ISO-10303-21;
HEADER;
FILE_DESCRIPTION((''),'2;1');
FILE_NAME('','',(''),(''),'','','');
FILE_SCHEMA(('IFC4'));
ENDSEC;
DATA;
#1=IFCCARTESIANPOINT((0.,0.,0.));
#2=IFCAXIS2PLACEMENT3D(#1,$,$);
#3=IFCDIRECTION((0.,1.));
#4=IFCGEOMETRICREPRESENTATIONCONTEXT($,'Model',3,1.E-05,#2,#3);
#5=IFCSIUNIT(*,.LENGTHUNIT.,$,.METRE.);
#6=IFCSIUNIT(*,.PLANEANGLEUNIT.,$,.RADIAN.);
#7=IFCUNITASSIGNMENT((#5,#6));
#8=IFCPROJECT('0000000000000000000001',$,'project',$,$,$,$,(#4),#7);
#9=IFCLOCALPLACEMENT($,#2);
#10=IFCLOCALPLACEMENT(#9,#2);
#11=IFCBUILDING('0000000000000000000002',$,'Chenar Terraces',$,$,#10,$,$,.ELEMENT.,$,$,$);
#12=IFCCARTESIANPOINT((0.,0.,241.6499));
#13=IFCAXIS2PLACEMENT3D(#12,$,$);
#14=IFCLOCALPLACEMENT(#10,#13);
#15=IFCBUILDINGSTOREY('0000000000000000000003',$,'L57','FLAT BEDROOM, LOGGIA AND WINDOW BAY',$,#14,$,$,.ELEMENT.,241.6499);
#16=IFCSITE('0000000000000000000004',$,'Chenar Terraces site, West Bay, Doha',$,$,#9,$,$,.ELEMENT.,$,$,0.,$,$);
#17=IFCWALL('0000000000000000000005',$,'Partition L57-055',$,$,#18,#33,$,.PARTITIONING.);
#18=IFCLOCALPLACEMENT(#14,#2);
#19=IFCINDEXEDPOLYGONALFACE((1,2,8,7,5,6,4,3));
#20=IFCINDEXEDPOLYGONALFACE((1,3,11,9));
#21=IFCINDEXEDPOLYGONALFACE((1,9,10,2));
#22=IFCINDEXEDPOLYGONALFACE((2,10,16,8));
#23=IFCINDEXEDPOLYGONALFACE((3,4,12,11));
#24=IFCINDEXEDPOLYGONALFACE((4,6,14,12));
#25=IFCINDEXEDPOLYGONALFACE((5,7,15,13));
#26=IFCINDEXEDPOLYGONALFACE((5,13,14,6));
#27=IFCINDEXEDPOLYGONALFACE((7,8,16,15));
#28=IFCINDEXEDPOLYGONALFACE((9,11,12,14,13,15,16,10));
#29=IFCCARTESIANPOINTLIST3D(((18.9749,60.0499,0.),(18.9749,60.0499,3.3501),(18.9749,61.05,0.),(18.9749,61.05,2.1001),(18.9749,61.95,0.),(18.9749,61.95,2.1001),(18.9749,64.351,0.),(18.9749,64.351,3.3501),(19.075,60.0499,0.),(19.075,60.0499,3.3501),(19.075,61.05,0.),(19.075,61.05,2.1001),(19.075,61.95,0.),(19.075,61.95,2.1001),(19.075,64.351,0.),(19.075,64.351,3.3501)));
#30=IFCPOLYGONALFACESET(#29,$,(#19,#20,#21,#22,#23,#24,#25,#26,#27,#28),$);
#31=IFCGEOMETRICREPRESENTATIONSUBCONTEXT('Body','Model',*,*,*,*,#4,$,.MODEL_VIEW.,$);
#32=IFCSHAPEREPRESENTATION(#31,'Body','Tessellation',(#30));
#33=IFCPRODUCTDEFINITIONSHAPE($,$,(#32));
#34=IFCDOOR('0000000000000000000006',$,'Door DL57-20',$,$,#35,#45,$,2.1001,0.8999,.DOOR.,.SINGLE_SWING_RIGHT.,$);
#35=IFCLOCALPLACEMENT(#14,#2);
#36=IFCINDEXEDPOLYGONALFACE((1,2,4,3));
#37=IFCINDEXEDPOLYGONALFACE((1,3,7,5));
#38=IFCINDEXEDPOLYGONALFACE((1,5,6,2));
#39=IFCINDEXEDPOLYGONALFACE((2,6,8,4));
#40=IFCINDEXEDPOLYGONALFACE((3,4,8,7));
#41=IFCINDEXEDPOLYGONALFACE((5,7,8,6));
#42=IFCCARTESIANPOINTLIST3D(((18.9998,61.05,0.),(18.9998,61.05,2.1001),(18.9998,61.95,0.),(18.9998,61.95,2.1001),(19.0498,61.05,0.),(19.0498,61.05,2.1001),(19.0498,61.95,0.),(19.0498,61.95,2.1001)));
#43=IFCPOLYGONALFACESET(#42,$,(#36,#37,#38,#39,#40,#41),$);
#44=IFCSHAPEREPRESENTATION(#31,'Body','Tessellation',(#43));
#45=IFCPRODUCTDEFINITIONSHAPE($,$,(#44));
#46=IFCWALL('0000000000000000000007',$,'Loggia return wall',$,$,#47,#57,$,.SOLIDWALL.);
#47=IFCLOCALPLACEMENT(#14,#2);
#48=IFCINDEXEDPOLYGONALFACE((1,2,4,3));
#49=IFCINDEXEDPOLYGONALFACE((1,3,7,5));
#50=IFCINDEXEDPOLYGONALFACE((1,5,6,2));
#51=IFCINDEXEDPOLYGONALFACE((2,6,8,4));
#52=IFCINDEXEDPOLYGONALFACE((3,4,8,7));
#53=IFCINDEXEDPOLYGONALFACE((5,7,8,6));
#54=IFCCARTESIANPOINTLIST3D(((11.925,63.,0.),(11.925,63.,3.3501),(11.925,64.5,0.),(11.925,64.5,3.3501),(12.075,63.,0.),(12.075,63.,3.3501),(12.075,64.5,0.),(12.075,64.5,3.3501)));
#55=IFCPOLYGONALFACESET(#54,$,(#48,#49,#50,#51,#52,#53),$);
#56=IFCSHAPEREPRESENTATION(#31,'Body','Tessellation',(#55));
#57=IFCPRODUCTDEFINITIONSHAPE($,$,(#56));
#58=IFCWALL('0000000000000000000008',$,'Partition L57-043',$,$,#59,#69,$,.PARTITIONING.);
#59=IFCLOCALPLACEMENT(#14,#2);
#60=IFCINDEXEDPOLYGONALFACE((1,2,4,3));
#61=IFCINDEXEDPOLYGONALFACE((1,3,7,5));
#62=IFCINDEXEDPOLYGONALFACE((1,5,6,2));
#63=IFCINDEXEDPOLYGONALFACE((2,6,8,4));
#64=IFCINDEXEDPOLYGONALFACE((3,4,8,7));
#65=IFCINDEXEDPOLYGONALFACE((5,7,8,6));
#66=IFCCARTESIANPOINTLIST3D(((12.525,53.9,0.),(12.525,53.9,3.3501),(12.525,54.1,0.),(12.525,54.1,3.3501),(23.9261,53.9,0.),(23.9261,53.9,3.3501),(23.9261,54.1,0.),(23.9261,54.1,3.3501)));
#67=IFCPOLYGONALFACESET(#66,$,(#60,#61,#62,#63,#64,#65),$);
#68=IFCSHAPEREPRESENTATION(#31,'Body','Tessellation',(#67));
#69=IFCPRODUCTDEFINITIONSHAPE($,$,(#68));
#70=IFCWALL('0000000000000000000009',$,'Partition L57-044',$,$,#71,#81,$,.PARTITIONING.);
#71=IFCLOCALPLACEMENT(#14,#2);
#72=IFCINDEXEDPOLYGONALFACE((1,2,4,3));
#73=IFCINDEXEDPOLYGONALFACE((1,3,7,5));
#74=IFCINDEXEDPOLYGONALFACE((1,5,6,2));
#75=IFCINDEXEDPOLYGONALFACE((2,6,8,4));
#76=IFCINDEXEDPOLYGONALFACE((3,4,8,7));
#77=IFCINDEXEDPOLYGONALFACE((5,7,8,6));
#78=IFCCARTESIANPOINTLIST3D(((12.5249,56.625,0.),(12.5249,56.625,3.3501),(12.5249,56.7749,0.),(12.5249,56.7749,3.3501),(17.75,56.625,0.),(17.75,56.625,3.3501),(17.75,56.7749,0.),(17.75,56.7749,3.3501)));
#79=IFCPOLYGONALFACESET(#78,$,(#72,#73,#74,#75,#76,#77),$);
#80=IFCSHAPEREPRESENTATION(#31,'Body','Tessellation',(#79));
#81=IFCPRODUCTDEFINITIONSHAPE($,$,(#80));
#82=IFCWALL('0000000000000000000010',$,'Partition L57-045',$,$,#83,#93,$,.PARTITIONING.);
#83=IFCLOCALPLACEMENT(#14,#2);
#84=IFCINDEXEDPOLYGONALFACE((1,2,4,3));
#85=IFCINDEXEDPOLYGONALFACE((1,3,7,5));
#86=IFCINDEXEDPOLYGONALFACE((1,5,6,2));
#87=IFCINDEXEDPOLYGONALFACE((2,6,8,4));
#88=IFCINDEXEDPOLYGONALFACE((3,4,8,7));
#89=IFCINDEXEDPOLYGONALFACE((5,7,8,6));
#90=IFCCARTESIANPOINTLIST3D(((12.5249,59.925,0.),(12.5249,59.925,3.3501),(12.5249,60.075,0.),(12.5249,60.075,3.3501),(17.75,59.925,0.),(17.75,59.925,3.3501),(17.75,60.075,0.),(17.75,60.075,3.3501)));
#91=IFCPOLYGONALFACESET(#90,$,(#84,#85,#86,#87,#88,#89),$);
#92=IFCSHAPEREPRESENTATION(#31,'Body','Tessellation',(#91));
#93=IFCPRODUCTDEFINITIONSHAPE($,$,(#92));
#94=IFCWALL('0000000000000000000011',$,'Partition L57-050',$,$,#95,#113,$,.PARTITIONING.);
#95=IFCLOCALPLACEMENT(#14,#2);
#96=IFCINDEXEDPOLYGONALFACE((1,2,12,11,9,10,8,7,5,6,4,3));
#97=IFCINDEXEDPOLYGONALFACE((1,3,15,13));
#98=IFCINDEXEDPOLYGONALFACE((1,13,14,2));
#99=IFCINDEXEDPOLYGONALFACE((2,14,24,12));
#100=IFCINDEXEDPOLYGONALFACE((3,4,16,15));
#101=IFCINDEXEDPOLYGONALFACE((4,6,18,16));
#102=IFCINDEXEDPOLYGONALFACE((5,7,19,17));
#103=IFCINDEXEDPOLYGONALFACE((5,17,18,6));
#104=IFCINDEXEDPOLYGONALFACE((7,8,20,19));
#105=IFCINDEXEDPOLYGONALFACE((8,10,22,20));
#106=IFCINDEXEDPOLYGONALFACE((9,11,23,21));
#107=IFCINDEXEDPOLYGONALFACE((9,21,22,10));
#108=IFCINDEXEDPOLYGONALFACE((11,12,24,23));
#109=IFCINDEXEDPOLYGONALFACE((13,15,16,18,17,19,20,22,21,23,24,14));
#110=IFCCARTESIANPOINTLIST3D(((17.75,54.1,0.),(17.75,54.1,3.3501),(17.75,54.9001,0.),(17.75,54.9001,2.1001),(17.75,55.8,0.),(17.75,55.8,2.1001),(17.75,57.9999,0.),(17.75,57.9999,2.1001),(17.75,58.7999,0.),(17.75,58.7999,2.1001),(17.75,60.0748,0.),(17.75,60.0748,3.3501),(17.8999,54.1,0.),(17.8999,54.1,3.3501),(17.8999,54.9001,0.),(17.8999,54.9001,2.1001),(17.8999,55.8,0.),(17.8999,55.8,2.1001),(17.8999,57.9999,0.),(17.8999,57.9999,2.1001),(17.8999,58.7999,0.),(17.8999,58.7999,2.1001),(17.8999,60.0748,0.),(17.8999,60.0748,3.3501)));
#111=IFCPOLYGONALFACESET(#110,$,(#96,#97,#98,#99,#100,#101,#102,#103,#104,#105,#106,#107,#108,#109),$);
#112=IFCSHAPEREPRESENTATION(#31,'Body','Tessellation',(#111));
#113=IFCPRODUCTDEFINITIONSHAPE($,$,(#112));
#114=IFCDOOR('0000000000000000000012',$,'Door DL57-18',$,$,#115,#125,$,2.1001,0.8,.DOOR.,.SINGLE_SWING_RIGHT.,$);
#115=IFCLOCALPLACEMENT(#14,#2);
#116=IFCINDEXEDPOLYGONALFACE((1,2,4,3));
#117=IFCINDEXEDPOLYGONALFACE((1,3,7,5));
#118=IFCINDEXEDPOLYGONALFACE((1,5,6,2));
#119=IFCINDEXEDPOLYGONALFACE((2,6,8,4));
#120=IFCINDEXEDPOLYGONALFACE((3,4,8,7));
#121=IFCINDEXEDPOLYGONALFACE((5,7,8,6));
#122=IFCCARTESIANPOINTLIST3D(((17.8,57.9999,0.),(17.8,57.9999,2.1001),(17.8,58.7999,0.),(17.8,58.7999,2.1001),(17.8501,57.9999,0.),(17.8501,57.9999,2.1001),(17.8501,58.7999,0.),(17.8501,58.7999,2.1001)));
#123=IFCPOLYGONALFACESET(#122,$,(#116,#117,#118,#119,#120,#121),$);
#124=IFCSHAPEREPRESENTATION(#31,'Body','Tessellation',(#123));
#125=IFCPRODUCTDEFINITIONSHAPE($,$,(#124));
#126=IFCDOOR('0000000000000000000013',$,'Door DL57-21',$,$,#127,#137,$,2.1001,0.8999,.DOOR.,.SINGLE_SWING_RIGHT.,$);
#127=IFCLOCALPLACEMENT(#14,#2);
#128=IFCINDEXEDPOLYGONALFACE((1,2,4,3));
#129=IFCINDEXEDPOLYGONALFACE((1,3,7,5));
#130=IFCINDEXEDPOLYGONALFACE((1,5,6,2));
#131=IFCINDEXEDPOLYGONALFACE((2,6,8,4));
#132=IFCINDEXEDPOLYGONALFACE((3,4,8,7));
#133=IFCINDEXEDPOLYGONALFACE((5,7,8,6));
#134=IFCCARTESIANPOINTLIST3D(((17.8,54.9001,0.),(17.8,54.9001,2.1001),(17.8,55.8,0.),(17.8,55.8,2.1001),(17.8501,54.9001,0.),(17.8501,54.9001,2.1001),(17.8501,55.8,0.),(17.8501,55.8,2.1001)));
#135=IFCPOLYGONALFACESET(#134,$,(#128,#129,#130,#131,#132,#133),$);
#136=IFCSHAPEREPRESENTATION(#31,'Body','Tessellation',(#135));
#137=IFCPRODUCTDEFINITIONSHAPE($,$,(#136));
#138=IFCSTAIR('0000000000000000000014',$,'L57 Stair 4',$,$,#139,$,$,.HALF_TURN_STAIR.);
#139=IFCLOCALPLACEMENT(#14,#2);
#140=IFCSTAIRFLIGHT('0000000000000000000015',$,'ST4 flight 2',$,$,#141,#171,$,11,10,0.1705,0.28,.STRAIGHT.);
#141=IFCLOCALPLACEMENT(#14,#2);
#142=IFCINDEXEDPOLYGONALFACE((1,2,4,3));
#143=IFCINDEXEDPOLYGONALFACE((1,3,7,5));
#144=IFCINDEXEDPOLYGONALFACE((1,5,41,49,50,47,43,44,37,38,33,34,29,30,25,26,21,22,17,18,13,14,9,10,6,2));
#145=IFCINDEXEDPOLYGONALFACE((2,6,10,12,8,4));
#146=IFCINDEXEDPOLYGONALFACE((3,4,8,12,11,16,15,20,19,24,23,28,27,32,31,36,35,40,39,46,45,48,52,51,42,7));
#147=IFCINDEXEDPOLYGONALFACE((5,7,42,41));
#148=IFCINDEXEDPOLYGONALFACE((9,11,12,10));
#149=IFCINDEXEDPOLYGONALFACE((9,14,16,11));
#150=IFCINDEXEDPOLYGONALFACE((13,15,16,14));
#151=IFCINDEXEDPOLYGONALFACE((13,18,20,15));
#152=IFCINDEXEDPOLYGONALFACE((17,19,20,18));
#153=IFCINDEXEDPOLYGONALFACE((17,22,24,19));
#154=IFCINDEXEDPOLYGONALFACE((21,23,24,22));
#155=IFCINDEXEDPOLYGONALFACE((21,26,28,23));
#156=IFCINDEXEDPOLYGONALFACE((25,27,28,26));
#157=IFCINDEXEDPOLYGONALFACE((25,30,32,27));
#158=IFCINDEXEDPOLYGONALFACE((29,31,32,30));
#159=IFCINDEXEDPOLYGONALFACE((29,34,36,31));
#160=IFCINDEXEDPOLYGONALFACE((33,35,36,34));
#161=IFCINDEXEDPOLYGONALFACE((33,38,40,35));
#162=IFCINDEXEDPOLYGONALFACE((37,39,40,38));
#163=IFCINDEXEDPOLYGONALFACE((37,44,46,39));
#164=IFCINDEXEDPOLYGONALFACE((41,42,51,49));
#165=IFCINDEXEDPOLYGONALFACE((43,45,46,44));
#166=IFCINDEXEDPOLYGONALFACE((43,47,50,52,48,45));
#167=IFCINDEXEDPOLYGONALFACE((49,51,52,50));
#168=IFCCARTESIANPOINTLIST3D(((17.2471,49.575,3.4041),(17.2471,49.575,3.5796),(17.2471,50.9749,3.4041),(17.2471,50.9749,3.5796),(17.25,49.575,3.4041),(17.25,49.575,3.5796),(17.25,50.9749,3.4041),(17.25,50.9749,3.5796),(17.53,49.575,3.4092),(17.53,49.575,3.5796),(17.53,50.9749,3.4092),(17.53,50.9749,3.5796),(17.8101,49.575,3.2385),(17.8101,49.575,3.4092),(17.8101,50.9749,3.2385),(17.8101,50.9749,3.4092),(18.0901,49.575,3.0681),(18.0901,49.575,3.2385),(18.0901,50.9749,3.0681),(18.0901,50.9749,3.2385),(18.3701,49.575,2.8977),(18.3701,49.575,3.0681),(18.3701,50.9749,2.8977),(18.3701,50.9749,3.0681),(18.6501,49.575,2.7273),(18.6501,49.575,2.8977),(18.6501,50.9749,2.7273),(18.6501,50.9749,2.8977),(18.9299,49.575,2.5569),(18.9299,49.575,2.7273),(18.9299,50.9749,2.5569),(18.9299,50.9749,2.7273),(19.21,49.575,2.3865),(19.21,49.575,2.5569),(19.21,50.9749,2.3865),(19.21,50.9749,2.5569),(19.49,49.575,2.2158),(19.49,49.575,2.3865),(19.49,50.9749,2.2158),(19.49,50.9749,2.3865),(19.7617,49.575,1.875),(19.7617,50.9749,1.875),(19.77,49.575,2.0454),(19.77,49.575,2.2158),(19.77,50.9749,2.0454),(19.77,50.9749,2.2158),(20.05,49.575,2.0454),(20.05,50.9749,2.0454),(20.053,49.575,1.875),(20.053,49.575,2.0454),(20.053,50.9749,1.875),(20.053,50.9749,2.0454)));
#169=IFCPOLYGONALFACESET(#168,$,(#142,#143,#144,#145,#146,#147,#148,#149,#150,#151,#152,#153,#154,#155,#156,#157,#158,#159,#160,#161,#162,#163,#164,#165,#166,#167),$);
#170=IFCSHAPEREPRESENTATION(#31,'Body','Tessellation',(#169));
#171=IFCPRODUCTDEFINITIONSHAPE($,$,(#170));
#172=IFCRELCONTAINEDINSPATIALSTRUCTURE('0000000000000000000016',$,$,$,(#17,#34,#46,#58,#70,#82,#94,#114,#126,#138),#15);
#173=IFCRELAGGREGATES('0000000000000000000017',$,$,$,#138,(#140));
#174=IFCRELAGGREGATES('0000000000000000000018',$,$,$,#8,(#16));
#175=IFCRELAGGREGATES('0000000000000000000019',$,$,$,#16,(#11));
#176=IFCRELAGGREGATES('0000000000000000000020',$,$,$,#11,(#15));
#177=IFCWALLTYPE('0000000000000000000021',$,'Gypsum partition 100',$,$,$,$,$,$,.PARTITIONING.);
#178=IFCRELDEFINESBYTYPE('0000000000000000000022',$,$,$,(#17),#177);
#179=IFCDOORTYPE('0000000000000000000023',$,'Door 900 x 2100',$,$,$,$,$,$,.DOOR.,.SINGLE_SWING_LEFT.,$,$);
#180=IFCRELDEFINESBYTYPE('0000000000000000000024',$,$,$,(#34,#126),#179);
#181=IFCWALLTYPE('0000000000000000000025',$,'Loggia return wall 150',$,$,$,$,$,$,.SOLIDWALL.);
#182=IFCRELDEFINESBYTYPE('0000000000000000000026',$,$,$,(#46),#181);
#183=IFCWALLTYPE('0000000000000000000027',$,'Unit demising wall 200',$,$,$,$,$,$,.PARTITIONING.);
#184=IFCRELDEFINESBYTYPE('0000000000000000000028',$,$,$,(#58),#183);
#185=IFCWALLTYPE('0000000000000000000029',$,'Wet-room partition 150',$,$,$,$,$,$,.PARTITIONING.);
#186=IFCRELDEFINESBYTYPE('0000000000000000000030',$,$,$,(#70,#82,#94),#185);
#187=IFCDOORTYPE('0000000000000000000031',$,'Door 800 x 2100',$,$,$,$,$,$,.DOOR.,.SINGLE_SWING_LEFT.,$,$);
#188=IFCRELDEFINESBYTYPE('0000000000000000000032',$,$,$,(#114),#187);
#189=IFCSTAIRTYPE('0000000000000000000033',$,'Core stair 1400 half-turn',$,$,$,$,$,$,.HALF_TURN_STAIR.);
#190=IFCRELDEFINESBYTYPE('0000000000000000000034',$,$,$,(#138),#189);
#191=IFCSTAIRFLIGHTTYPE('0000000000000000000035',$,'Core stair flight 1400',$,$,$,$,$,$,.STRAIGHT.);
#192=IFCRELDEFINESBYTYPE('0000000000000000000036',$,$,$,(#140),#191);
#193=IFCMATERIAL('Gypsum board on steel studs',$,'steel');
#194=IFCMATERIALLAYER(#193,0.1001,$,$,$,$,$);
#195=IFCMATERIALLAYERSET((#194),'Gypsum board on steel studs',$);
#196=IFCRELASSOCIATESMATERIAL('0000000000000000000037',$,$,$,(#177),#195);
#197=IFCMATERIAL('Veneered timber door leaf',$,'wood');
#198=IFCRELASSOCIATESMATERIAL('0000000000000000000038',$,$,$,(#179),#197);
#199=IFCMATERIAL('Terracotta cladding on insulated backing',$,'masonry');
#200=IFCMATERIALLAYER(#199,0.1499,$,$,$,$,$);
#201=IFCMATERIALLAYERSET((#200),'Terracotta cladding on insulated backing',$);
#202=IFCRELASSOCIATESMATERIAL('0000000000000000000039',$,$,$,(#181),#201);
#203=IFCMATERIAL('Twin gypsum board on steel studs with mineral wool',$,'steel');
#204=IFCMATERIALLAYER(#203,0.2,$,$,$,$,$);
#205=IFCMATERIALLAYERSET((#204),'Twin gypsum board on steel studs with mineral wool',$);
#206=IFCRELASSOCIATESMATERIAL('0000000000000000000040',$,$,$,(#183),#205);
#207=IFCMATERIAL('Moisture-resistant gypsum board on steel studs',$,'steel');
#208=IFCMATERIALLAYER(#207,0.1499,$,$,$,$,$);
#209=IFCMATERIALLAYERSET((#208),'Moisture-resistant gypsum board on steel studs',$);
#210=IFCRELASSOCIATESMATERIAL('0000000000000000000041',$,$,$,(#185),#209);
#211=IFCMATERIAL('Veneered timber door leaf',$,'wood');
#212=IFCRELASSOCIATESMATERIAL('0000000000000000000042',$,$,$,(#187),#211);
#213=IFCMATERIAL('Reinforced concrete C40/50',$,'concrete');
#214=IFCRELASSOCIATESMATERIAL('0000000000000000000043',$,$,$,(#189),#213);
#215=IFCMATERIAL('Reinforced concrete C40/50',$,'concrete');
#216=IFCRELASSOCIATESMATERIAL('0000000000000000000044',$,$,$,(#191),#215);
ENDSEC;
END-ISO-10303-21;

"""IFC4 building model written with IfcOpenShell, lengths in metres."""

from ifc_helpers import new_model, si_unit, direction, frame, frame_2d, origin, place, context, subcontext, project, spatial, polyline, rectangle, outline, extrude, material, layer, layer_set, type_object, element, fill, aggregate, save


model = new_model("IFC4")

# Units and contexts
model_context = context("Model", 3, precision=1e-05, world=origin(), true_north=direction((0.0, 1.0)))
body_context = subcontext(model_context, "Body", "Model", "MODEL_VIEW")
ifc_project = project(units=[si_unit("LENGTHUNIT", "METRE"), si_unit("PLANEANGLEUNIT", "RADIAN")], contexts=[model_context])

# Site, building, storey
site_placement = place(None, origin())
site = spatial("IfcSite", under=ifc_project, at=site_placement, Name="Chenar Terraces site, West Bay, Doha", CompositionType="ELEMENT", RefElevation=0.0)
building_placement = place(site_placement, origin())
building = spatial("IfcBuilding", under=site, at=building_placement, Name="Chenar Terraces", CompositionType="ELEMENT")
storey_placement = place(building_placement, frame((0.0, 0.0, 241.6499)))
storey = spatial("IfcBuildingStorey", under=building, at=storey_placement, Name="L57", Description="FLAT BEDROOM, LOGGIA AND WINDOW BAY", CompositionType="ELEMENT", Elevation=241.6499)

# Shared definitions
ifc_material_1 = material(Name="Gypsum board on steel studs", Category="steel")
ifc_layer_1 = layer(ifc_material_1, 0.1001)
ifc_layer_set_1 = layer_set([ifc_layer_1], Name="Gypsum board on steel studs")
wall_type_1 = type_object("IfcWallType", Name="Gypsum partition 100", PredefinedType="PARTITIONING", material=ifc_layer_set_1)

# Wall, opening, door
ifc_material_2 = material(Name="Veneered timber door leaf", Category="wood")
door_type_1 = type_object("IfcDoorType", Name="Door 900 x 2100", OperationType="SINGLE_SWING_LEFT", PredefinedType="DOOR", material=ifc_material_2)
wall_1_placement = place(storey_placement, frame((19.0249, 60.05, 0.0), z_axis=(0.0, 0.0, 1.0), x_axis=(0.0, 1.0, 0.0)))
wall_1 = element("IfcWall", 1, at=wall_1_placement, inside=storey, type_object=wall_type_1, Name="Partition L57-055", PredefinedType="PARTITIONING", context=body_context, shape_type="SweptSolid", body=[
    extrude(rectangle(XDim=4.301, YDim=0.1001, at=frame_2d((2.1504, 0.0))), origin(), (0.0, 0.0, 1.0), 3.3501),
])
opening_1_placement = place(wall_1_placement, frame((1.0, 0.0, 0.0)))
opening_1 = element("IfcOpeningElement", 2, at=opening_1_placement, cuts=wall_1, PredefinedType="OPENING", context=body_context, shape_type="SweptSolid", body=[
    extrude(rectangle(XDim=0.8999, YDim=2.1001, at=frame_2d((0.45, 1.05))), frame((0.0, 0.0601, 0.0), z_axis=(0.0, -1.0, 0.0), x_axis=(1.0, 0.0, 0.0)), (0.0, 0.0, 1.0), 0.1201),
])
door_1_placement = place(opening_1_placement, frame((0.8999, 0.0, 0.0), z_axis=(0.0, 0.0, 1.0), x_axis=(-1.0, 0.0, 0.0)))
door_1 = element("IfcDoor", 3, at=door_1_placement, inside=storey, type_object=door_type_1, Name="Door DL57-20", OperationType="SINGLE_SWING_RIGHT", OverallHeight=2.1001, OverallWidth=0.8999, PredefinedType="DOOR", context=body_context, shape_type="SweptSolid", body=[
    extrude(rectangle(XDim=0.8999, YDim=2.1001, at=frame_2d((0.45, 1.05))), frame((0.0, 0.0249, 0.0), z_axis=(0.0, -1.0, 0.0), x_axis=(1.0, 0.0, 0.0)), (0.0, 0.0, 1.0), 0.05),
])
fill(opening_1, door_1)

# Walls
ifc_material_3 = material(Name="Terracotta cladding on insulated backing", Category="masonry")
ifc_layer_2 = layer(ifc_material_3, 0.1499)
ifc_layer_set_2 = layer_set([ifc_layer_2], Name="Terracotta cladding on insulated backing")
wall_type_2 = type_object("IfcWallType", Name="Loggia return wall 150", PredefinedType="SOLIDWALL", material=ifc_layer_set_2)
wall_2_placement = place(storey_placement, frame((12.0, 64.5, 0.0), z_axis=(0.0, 0.0, 1.0), x_axis=(0.0, -1.0, 0.0)))
element("IfcWall", 4, at=wall_2_placement, inside=storey, type_object=wall_type_2, Name="Loggia return wall", PredefinedType="SOLIDWALL", context=body_context, shape_type="SweptSolid", body=[
    extrude(rectangle(XDim=1.5, YDim=0.1499, at=frame_2d((0.75, 0.0))), origin(), (0.0, 0.0, 1.0), 3.3501),
])
ifc_material_4 = material(Name="Twin gypsum board on steel studs with mineral wool", Category="steel")
ifc_layer_3 = layer(ifc_material_4, 0.2)
ifc_layer_set_3 = layer_set([ifc_layer_3], Name="Twin gypsum board on steel studs with mineral wool")
wall_type_3 = type_object("IfcWallType", Name="Unit demising wall 200", PredefinedType="PARTITIONING", material=ifc_layer_set_3)
wall_3_placement = place(storey_placement, frame((12.5249, 54.0, 0.0), z_axis=(0.0, 0.0, 1.0), x_axis=(1.0, 0.0, 0.0)))
element("IfcWall", 5, at=wall_3_placement, inside=storey, type_object=wall_type_3, Name="Partition L57-043", PredefinedType="PARTITIONING", context=body_context, shape_type="SweptSolid", body=[
    extrude(rectangle(XDim=11.4011, YDim=0.2, at=frame_2d((5.7007, 0.0))), origin(), (0.0, 0.0, 1.0), 3.3501),
])
ifc_material_5 = material(Name="Moisture-resistant gypsum board on steel studs", Category="steel")
ifc_layer_4 = layer(ifc_material_5, 0.1499)
ifc_layer_set_4 = layer_set([ifc_layer_4], Name="Moisture-resistant gypsum board on steel studs")
wall_type_4 = type_object("IfcWallType", Name="Wet-room partition 150", PredefinedType="PARTITIONING", material=ifc_layer_set_4)
for number, where, z_axis, x_axis, name in (
    (6, (12.5249, 56.7, 0.0), (0.0, 0.0, 1.0), (1.0, 0.0, 0.0), "Partition L57-044"),
    (7, (12.5249, 60.0, 0.0), (0.0, 0.0, 1.0), (1.0, 0.0, 0.0), "Partition L57-045"),
):
    element("IfcWall", number, at=place(storey_placement, frame(where, z_axis=z_axis, x_axis=x_axis)), inside=storey, type_object=wall_type_4, Name=name, PredefinedType="PARTITIONING", context=body_context, shape_type="SweptSolid", body=[
        extrude(rectangle(XDim=5.2251, YDim=0.1499, at=frame_2d((2.6125, 0.0))), origin(), (0.0, 0.0, 1.0), 3.3501),
    ])

# Wall, openings, doors
wall_4_placement = place(storey_placement, frame((17.825, 54.1001, 0.0), z_axis=(0.0, 0.0, 1.0), x_axis=(0.0, 1.0, 0.0)))
wall_4 = element("IfcWall", 8, at=wall_4_placement, inside=storey, type_object=wall_type_4, Name="Partition L57-050", PredefinedType="PARTITIONING", context=body_context, shape_type="SweptSolid", body=[
    extrude(rectangle(XDim=5.9749, YDim=0.1499, at=frame_2d((2.9873, 0.0))), origin(), (0.0, 0.0, 1.0), 3.3501),
])
opening_2_placement = place(wall_4_placement, frame((3.8999, 0.0, 0.0)))
opening_2 = element("IfcOpeningElement", 9, at=opening_2_placement, cuts=wall_4, PredefinedType="OPENING", context=body_context, shape_type="SweptSolid", body=[
    extrude(rectangle(XDim=0.8, YDim=2.1001, at=frame_2d((0.3999, 1.05))), frame((0.0, 0.085, 0.0), z_axis=(0.0, -1.0, 0.0), x_axis=(1.0, 0.0, 0.0)), (0.0, 0.0, 1.0), 0.1699),
])
opening_3_placement = place(wall_4_placement, frame((0.8, 0.0, 0.0)))
opening_3 = element("IfcOpeningElement", 10, at=opening_3_placement, cuts=wall_4, PredefinedType="OPENING", context=body_context, shape_type="SweptSolid", body=[
    extrude(rectangle(XDim=0.8999, YDim=2.1001, at=frame_2d((0.45, 1.05))), frame((0.0, 0.085, 0.0), z_axis=(0.0, -1.0, 0.0), x_axis=(1.0, 0.0, 0.0)), (0.0, 0.0, 1.0), 0.1699),
])
ifc_material_6 = material(Name="Veneered timber door leaf", Category="wood")
door_type_2 = type_object("IfcDoorType", Name="Door 800 x 2100", OperationType="SINGLE_SWING_LEFT", PredefinedType="DOOR", material=ifc_material_6)
door_2_placement = place(opening_2_placement, origin())
door_2 = element("IfcDoor", 11, at=door_2_placement, inside=storey, type_object=door_type_2, Name="Door DL57-18", OperationType="SINGLE_SWING_RIGHT", OverallHeight=2.1001, OverallWidth=0.8, PredefinedType="DOOR", context=body_context, shape_type="SweptSolid", body=[
    extrude(rectangle(XDim=0.8, YDim=2.1001, at=frame_2d((0.3999, 1.05))), frame((0.0, 0.0249, 0.0), z_axis=(0.0, -1.0, 0.0), x_axis=(1.0, 0.0, 0.0)), (0.0, 0.0, 1.0), 0.05),
])
fill(opening_2, door_2)
door_3_placement = place(opening_3_placement, origin())
door_3 = element("IfcDoor", 12, at=door_3_placement, inside=storey, type_object=door_type_1, Name="Door DL57-21", OperationType="SINGLE_SWING_RIGHT", OverallHeight=2.1001, OverallWidth=0.8999, PredefinedType="DOOR", context=body_context, shape_type="SweptSolid", body=[
    extrude(rectangle(XDim=0.8999, YDim=2.1001, at=frame_2d((0.45, 1.05))), frame((0.0, 0.0249, 0.0), z_axis=(0.0, -1.0, 0.0), x_axis=(1.0, 0.0, 0.0)), (0.0, 0.0, 1.0), 0.05),
])
fill(opening_3, door_3)

# Stair, stair flight
ifc_material_7 = material(Name="Reinforced concrete C40/50", Category="concrete")
stair_type = type_object("IfcStairType", Name="Core stair 1400 half-turn", PredefinedType="HALF_TURN_STAIR", material=ifc_material_7)
stair_placement = place(storey_placement, origin())
stair = element("IfcStair", 13, at=stair_placement, inside=storey, type_object=stair_type, Name="L57 Stair 4", PredefinedType="HALF_TURN_STAIR")
ifc_material_8 = material(Name="Reinforced concrete C40/50", Category="concrete")
stair_flight_type = type_object("IfcStairFlightType", Name="Core stair flight 1400", PredefinedType="STRAIGHT", material=ifc_material_8)
stair_flight_placement = place(storey_placement, frame((20.05, 50.2749, 1.875), z_axis=(0.0, 0.0, 1.0), x_axis=(-1.0, 0.0, 0.0)))
stair_flight = element("IfcStairFlight", 14, at=stair_flight_placement, type_object=stair_flight_type, Name="ST4 flight 2", NumberOfRisers=11, NumberOfTreads=10, PredefinedType="STRAIGHT", RiserHeight=0.1705, TreadLength=0.28, context=body_context, shape_type="SweptSolid", body=[
    extrude(outline(polyline([(-0.0029, 0.0), (-0.0029, 0.1704), (0.0, 0.1704), (0.28, 0.1704), (0.28, 0.3408), (0.5601, 0.3408), (0.5601, 0.5115), (0.8401, 0.5115), (0.8401, 0.6819), (1.1201, 0.6819), (1.1201, 0.8523), (1.3999, 0.8523), (1.3999, 1.0227), (1.6799, 1.0227), (1.6799, 1.1931), (1.96, 1.1931), (1.96, 1.3635), (2.24, 1.3635), (2.24, 1.5342), (2.52, 1.5342), (2.52, 1.7046), (2.8, 1.7046), (2.803, 1.7046), (2.803, 1.5291), (2.8, 1.5291), (0.2883, 0.0), (-0.0029, 0.0)])), frame((0.0, 0.7, 0.0), z_axis=(0.0, -1.0, 0.0), x_axis=(1.0, 0.0, 0.0)), (0.0, 0.0, 1.0), 1.3999),
])
aggregate(stair, [stair_flight])

save(model, "model.ifc")
